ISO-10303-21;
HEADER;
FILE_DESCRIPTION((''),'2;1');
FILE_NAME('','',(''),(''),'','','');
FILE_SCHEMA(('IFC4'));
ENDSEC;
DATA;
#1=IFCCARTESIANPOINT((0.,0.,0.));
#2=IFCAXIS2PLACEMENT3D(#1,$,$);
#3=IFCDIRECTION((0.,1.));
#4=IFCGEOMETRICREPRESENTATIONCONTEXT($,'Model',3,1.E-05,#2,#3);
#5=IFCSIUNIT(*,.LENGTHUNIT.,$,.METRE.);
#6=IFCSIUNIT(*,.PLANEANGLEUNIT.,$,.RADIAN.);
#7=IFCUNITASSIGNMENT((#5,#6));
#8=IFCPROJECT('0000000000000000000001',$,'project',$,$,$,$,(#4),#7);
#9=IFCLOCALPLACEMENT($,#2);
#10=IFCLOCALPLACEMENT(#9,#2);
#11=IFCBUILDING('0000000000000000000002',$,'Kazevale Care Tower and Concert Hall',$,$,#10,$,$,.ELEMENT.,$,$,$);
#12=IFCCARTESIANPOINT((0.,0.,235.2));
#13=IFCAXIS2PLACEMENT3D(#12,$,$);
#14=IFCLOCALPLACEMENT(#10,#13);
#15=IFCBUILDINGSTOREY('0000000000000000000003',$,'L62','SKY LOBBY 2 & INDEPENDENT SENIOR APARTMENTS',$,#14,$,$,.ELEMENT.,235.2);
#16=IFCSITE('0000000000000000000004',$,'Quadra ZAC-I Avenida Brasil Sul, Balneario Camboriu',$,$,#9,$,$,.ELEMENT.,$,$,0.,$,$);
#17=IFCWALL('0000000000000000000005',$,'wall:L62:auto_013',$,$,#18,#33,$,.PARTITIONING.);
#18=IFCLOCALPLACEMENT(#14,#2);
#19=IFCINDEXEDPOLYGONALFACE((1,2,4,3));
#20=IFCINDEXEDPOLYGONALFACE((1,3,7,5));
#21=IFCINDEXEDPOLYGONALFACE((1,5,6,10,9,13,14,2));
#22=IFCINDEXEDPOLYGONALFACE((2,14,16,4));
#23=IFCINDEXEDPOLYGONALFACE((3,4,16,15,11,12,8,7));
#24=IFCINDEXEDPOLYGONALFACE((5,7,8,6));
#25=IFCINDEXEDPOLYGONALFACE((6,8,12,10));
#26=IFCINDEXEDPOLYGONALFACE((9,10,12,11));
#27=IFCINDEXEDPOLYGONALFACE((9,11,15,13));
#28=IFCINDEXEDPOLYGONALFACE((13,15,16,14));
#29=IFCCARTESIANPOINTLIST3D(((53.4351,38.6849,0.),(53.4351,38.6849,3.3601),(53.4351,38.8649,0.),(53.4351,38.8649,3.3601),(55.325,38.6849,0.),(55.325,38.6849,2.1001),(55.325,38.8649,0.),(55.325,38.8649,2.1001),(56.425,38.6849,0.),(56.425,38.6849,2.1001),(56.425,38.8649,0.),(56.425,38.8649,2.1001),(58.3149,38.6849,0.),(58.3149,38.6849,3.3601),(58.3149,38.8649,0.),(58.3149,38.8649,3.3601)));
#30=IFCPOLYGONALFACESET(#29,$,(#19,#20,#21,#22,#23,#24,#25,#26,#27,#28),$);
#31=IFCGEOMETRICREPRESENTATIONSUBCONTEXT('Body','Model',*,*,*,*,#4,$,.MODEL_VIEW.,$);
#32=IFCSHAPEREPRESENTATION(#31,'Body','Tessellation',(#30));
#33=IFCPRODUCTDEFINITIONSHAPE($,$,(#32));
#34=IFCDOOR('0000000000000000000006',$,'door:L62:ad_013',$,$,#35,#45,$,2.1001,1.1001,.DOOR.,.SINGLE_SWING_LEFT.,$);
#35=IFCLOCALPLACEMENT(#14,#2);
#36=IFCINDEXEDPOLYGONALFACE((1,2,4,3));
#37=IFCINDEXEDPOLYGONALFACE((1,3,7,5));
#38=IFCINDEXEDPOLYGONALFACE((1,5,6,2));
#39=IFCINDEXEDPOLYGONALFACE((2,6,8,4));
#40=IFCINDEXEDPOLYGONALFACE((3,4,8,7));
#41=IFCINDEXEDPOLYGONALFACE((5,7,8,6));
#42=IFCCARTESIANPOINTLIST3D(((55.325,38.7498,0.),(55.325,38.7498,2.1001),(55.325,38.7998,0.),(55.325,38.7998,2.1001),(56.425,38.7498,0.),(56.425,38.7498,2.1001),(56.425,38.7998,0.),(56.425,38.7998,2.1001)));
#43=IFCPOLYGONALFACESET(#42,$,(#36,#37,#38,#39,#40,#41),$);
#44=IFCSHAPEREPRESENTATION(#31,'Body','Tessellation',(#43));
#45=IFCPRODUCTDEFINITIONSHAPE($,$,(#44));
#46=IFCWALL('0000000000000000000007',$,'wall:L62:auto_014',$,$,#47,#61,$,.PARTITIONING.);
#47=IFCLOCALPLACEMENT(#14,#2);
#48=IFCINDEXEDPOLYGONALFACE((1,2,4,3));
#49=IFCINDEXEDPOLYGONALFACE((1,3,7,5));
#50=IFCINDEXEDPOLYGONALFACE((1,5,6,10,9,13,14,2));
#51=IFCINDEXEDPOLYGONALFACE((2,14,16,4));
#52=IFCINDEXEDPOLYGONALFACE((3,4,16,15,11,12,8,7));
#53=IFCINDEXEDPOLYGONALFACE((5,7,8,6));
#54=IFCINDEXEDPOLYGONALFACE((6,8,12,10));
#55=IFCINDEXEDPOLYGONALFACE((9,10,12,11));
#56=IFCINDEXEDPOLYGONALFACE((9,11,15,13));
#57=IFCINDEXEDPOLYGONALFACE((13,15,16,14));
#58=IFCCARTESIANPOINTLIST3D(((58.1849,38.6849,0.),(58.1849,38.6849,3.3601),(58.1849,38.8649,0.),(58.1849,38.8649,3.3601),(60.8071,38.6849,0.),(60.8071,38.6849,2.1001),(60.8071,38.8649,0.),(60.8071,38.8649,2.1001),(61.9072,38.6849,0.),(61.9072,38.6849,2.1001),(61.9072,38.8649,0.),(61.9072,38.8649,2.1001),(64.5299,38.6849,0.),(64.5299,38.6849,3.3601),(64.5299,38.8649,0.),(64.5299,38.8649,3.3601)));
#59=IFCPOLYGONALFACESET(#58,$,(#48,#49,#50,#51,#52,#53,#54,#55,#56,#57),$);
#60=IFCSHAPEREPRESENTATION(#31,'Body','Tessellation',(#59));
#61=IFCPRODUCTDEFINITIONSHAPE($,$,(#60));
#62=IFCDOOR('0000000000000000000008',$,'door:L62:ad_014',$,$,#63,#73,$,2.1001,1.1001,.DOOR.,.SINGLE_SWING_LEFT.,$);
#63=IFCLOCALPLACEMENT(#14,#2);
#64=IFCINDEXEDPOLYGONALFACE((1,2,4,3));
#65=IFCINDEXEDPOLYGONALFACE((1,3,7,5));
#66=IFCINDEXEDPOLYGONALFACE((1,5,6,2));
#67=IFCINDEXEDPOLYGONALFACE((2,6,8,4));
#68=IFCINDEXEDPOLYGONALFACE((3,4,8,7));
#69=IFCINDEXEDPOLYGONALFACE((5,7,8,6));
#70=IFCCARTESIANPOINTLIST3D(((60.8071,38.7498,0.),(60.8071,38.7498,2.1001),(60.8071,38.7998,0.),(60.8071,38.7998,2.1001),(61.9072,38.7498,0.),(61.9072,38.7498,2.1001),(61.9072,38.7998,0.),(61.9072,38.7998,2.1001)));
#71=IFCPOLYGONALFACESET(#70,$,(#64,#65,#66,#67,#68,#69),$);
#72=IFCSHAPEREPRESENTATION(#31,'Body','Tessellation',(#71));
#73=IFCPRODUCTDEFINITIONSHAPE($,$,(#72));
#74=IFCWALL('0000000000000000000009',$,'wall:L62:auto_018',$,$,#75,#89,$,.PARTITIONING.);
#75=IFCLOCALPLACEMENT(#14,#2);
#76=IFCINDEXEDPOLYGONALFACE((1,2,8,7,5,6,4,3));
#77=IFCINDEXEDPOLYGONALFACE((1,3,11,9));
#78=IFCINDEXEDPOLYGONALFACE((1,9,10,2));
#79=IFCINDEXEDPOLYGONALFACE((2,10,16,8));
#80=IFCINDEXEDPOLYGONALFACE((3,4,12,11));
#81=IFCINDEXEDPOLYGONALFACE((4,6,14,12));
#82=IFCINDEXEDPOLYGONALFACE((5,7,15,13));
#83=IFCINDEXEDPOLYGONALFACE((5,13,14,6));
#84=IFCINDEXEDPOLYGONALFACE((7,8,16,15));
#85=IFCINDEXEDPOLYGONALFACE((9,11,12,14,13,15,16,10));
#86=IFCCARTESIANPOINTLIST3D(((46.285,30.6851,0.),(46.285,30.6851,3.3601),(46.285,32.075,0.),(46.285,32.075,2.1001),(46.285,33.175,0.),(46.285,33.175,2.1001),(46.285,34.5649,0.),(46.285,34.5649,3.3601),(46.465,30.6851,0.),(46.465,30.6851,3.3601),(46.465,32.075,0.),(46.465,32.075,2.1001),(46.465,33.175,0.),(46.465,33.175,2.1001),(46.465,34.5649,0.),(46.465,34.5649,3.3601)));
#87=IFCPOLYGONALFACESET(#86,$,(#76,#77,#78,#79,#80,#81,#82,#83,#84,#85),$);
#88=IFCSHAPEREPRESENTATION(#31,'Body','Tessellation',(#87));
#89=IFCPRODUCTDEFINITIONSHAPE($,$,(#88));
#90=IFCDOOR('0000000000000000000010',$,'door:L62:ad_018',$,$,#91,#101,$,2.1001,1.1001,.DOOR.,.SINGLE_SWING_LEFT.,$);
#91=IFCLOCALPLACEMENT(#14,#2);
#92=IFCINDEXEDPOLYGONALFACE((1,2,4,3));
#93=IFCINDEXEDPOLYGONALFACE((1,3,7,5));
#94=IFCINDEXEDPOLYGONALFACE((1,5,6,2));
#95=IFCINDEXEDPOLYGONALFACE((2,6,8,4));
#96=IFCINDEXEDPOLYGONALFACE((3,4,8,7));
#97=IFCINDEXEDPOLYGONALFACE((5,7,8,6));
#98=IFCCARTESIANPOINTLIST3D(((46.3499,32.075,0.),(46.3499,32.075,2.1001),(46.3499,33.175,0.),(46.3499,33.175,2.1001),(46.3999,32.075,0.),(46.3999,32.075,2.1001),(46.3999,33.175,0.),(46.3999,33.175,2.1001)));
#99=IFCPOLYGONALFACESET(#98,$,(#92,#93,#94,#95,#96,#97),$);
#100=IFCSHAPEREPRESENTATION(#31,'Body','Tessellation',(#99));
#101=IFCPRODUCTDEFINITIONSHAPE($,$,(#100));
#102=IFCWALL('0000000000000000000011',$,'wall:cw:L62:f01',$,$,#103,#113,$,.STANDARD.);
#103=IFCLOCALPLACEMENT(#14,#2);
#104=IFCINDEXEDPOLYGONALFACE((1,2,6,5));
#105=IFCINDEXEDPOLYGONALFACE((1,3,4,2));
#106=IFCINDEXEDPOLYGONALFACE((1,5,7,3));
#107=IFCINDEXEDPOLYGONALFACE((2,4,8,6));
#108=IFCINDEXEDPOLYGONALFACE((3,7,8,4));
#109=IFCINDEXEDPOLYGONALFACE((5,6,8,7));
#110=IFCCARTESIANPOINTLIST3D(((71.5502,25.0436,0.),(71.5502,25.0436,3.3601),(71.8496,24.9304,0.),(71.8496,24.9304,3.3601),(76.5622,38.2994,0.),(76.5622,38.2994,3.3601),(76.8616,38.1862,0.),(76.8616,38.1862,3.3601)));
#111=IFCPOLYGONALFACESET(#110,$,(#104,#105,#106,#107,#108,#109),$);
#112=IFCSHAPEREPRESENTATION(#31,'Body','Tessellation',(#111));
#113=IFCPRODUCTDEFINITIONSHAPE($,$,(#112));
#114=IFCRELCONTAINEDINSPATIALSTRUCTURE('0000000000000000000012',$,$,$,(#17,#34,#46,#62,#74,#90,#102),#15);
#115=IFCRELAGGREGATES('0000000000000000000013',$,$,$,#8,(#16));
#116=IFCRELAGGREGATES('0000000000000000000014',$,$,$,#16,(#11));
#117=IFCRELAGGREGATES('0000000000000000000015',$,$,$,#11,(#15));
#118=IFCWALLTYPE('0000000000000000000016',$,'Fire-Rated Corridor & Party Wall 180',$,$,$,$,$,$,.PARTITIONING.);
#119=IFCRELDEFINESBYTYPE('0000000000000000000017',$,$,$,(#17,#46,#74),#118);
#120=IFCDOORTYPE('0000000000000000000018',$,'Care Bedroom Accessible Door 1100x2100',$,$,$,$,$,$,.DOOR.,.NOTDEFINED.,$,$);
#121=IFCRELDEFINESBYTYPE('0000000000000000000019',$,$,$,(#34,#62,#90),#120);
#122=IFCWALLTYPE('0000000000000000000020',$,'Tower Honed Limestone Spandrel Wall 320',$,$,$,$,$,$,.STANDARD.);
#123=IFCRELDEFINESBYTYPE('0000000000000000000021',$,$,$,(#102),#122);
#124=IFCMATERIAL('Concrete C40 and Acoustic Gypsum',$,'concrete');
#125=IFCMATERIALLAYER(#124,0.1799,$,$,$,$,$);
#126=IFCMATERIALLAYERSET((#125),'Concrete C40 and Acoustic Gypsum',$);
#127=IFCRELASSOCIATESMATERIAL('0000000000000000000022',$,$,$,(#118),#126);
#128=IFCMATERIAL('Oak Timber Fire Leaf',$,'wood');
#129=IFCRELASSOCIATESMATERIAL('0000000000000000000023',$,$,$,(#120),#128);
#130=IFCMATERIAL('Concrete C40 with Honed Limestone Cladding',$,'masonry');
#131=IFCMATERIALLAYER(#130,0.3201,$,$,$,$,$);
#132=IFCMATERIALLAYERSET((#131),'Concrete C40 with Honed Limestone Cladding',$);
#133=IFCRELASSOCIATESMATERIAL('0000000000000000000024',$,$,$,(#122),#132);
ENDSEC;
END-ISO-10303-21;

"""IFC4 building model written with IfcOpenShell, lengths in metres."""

from ifc_helpers import new_model, si_unit, direction, frame, frame_2d, origin, place, context, subcontext, project, spatial, rectangle, extrude, material, layer, layer_set, type_object, element, fill, save


model = new_model("IFC4")

# Units and contexts
model_context = context("Model", 3, precision=1e-05, world=origin(), true_north=direction((0.0, 1.0)))
body_context = subcontext(model_context, "Body", "Model", "MODEL_VIEW")
ifc_project = project(units=[si_unit("LENGTHUNIT", "METRE"), si_unit("PLANEANGLEUNIT", "RADIAN")], contexts=[model_context])

# Site, building, storey
site_placement = place(None, origin())
site = spatial("IfcSite", under=ifc_project, at=site_placement, Name="Quadra ZAC-I Avenida Brasil Sul, Balneario Camboriu", CompositionType="ELEMENT", RefElevation=0.0)
building_placement = place(site_placement, origin())
building = spatial("IfcBuilding", under=site, at=building_placement, Name="Kazevale Care Tower and Concert Hall", CompositionType="ELEMENT")
storey_placement = place(building_placement, frame((0.0, 0.0, 235.2)))
storey = spatial("IfcBuildingStorey", under=building, at=storey_placement, Name="L62", Description="SKY LOBBY 2 & INDEPENDENT SENIOR APARTMENTS", CompositionType="ELEMENT", Elevation=235.2)

# Walls, openings, doors
ifc_material_1 = material(Name="Concrete C40 and Acoustic Gypsum", Category="concrete")
ifc_layer_1 = layer(ifc_material_1, 0.1799)
ifc_layer_set_1 = layer_set([ifc_layer_1], Name="Concrete C40 and Acoustic Gypsum")
wall_type_1 = type_object("IfcWallType", Name="Fire-Rated Corridor & Party Wall 180", PredefinedType="PARTITIONING", material=ifc_layer_set_1)
ifc_material_2 = material(Name="Oak Timber Fire Leaf", Category="wood")
door_type = type_object("IfcDoorType", Name="Care Bedroom Accessible Door 1100x2100", OperationType="NOTDEFINED", PredefinedType="DOOR", material=ifc_material_2)
wall_1_placement = place(storey_placement, frame((53.4351, 38.7749, 0.0), z_axis=(0.0, 0.0, 1.0), x_axis=(1.0, 0.0, 0.0)))
wall_1 = element("IfcWall", 1, at=wall_1_placement, inside=storey, type_object=wall_type_1, Name="wall:L62:auto_013", PredefinedType="PARTITIONING", context=body_context, shape_type="SweptSolid", body=[
    extrude(rectangle(XDim=4.8799, YDim=0.1799, at=frame_2d((2.4399, 0.0))), origin(), (0.0, 0.0, 1.0), 3.3601),
])
opening_1_placement = place(wall_1_placement, frame((1.8899, 0.0, 0.0)))
opening_1 = element("IfcOpeningElement", 2, at=opening_1_placement, cuts=wall_1, PredefinedType="OPENING", context=body_context, shape_type="SweptSolid", body=[
    extrude(rectangle(XDim=1.1001, YDim=2.1001, at=frame_2d((0.55, 1.05))), frame((0.0, 0.0999, 0.0), z_axis=(0.0, -1.0, 0.0), x_axis=(1.0, 0.0, 0.0)), (0.0, 0.0, 1.0), 0.2),
])
door_1_placement = place(opening_1_placement, origin())
door_1 = element("IfcDoor", 3, at=door_1_placement, inside=storey, type_object=door_type, Name="door:L62:ad_013", OperationType="SINGLE_SWING_LEFT", OverallHeight=2.1001, OverallWidth=1.1001, PredefinedType="DOOR", context=body_context, shape_type="SweptSolid", body=[
    extrude(rectangle(XDim=1.1001, YDim=2.1001, at=frame_2d((0.55, 1.05))), frame((0.0, 0.0249, 0.0), z_axis=(0.0, -1.0, 0.0), x_axis=(1.0, 0.0, 0.0)), (0.0, 0.0, 1.0), 0.05),
])
fill(opening_1, door_1)
wall_2_placement = place(storey_placement, frame((58.1851, 38.7749, 0.0), z_axis=(0.0, 0.0, 1.0), x_axis=(1.0, 0.0, 0.0)))
wall_2 = element("IfcWall", 4, at=wall_2_placement, inside=storey, type_object=wall_type_1, Name="wall:L62:auto_014", PredefinedType="PARTITIONING", context=body_context, shape_type="SweptSolid", body=[
    extrude(rectangle(XDim=6.345, YDim=0.1799, at=frame_2d((3.1724, 0.0))), origin(), (0.0, 0.0, 1.0), 3.3601),
])
opening_2_placement = place(wall_2_placement, frame((2.6221, 0.0, 0.0)))
opening_2 = element("IfcOpeningElement", 5, at=opening_2_placement, cuts=wall_2, PredefinedType="OPENING", context=body_context, shape_type="SweptSolid", body=[
    extrude(rectangle(XDim=1.1001, YDim=2.1001, at=frame_2d((0.55, 1.05))), frame((0.0, 0.0999, 0.0), z_axis=(0.0, -1.0, 0.0), x_axis=(1.0, 0.0, 0.0)), (0.0, 0.0, 1.0), 0.2),
])
door_2_placement = place(opening_2_placement, origin())
door_2 = element("IfcDoor", 6, at=door_2_placement, inside=storey, type_object=door_type, Name="door:L62:ad_014", OperationType="SINGLE_SWING_LEFT", OverallHeight=2.1001, OverallWidth=1.1001, PredefinedType="DOOR", context=body_context, shape_type="SweptSolid", body=[
    extrude(rectangle(XDim=1.1001, YDim=2.1001, at=frame_2d((0.55, 1.05))), frame((0.0, 0.0249, 0.0), z_axis=(0.0, -1.0, 0.0), x_axis=(1.0, 0.0, 0.0)), (0.0, 0.0, 1.0), 0.05),
])
fill(opening_2, door_2)
wall_3_placement = place(storey_placement, frame((46.375, 34.5649, 0.0), z_axis=(0.0, 0.0, 1.0), x_axis=(0.0, -1.0, 0.0)))
wall_3 = element("IfcWall", 7, at=wall_3_placement, inside=storey, type_object=wall_type_1, Name="wall:L62:auto_018", PredefinedType="PARTITIONING", context=body_context, shape_type="SweptSolid", body=[
    extrude(rectangle(XDim=3.8799, YDim=0.1799, at=frame_2d((1.9399, 0.0))), origin(), (0.0, 0.0, 1.0), 3.3601),
])
opening_3_placement = place(wall_3_placement, frame((1.3899, 0.0, 0.0)))
opening_3 = element("IfcOpeningElement", 8, at=opening_3_placement, cuts=wall_3, PredefinedType="OPENING", context=body_context, shape_type="SweptSolid", body=[
    extrude(rectangle(XDim=1.1001, YDim=2.1001, at=frame_2d((0.55, 1.05))), frame((0.0, 0.0999, 0.0), z_axis=(0.0, -1.0, 0.0), x_axis=(1.0, 0.0, 0.0)), (0.0, 0.0, 1.0), 0.2),
])
door_3_placement = place(opening_3_placement, origin())
door_3 = element("IfcDoor", 9, at=door_3_placement, inside=storey, type_object=door_type, Name="door:L62:ad_018", OperationType="SINGLE_SWING_LEFT", OverallHeight=2.1001, OverallWidth=1.1001, PredefinedType="DOOR", context=body_context, shape_type="SweptSolid", body=[
    extrude(rectangle(XDim=1.1001, YDim=2.1001, at=frame_2d((0.55, 1.05))), frame((0.0, 0.0249, 0.0), z_axis=(0.0, -1.0, 0.0), x_axis=(1.0, 0.0, 0.0)), (0.0, 0.0, 1.0), 0.05),
])
fill(opening_3, door_3)

# Wall
ifc_material_3 = material(Name="Concrete C40 with Honed Limestone Cladding", Category="masonry")
ifc_layer_2 = layer(ifc_material_3, 0.3201)
ifc_layer_set_2 = layer_set([ifc_layer_2], Name="Concrete C40 with Honed Limestone Cladding")
wall_type_2 = type_object("IfcWallType", Name="Tower Honed Limestone Spandrel Wall 320", PredefinedType="STANDARD", material=ifc_layer_set_2)
wall_4_placement = place(storey_placement, frame((76.7119, 38.2429, 0.0), z_axis=(0.0, 0.0, 1.0), x_axis=(-0.35366, -0.935374, 0.0)))
element("IfcWall", 10, at=wall_4_placement, inside=storey, type_object=wall_type_2, Name="wall:cw:L62:f01", PredefinedType="STANDARD", context=body_context, shape_type="SweptSolid", body=[
    extrude(rectangle(XDim=14.1716, YDim=0.3201, at=frame_2d((7.0859, 0.0))), origin(), (0.0, 0.0, 1.0), 3.3601),
])

save(model, "model.ifc")
